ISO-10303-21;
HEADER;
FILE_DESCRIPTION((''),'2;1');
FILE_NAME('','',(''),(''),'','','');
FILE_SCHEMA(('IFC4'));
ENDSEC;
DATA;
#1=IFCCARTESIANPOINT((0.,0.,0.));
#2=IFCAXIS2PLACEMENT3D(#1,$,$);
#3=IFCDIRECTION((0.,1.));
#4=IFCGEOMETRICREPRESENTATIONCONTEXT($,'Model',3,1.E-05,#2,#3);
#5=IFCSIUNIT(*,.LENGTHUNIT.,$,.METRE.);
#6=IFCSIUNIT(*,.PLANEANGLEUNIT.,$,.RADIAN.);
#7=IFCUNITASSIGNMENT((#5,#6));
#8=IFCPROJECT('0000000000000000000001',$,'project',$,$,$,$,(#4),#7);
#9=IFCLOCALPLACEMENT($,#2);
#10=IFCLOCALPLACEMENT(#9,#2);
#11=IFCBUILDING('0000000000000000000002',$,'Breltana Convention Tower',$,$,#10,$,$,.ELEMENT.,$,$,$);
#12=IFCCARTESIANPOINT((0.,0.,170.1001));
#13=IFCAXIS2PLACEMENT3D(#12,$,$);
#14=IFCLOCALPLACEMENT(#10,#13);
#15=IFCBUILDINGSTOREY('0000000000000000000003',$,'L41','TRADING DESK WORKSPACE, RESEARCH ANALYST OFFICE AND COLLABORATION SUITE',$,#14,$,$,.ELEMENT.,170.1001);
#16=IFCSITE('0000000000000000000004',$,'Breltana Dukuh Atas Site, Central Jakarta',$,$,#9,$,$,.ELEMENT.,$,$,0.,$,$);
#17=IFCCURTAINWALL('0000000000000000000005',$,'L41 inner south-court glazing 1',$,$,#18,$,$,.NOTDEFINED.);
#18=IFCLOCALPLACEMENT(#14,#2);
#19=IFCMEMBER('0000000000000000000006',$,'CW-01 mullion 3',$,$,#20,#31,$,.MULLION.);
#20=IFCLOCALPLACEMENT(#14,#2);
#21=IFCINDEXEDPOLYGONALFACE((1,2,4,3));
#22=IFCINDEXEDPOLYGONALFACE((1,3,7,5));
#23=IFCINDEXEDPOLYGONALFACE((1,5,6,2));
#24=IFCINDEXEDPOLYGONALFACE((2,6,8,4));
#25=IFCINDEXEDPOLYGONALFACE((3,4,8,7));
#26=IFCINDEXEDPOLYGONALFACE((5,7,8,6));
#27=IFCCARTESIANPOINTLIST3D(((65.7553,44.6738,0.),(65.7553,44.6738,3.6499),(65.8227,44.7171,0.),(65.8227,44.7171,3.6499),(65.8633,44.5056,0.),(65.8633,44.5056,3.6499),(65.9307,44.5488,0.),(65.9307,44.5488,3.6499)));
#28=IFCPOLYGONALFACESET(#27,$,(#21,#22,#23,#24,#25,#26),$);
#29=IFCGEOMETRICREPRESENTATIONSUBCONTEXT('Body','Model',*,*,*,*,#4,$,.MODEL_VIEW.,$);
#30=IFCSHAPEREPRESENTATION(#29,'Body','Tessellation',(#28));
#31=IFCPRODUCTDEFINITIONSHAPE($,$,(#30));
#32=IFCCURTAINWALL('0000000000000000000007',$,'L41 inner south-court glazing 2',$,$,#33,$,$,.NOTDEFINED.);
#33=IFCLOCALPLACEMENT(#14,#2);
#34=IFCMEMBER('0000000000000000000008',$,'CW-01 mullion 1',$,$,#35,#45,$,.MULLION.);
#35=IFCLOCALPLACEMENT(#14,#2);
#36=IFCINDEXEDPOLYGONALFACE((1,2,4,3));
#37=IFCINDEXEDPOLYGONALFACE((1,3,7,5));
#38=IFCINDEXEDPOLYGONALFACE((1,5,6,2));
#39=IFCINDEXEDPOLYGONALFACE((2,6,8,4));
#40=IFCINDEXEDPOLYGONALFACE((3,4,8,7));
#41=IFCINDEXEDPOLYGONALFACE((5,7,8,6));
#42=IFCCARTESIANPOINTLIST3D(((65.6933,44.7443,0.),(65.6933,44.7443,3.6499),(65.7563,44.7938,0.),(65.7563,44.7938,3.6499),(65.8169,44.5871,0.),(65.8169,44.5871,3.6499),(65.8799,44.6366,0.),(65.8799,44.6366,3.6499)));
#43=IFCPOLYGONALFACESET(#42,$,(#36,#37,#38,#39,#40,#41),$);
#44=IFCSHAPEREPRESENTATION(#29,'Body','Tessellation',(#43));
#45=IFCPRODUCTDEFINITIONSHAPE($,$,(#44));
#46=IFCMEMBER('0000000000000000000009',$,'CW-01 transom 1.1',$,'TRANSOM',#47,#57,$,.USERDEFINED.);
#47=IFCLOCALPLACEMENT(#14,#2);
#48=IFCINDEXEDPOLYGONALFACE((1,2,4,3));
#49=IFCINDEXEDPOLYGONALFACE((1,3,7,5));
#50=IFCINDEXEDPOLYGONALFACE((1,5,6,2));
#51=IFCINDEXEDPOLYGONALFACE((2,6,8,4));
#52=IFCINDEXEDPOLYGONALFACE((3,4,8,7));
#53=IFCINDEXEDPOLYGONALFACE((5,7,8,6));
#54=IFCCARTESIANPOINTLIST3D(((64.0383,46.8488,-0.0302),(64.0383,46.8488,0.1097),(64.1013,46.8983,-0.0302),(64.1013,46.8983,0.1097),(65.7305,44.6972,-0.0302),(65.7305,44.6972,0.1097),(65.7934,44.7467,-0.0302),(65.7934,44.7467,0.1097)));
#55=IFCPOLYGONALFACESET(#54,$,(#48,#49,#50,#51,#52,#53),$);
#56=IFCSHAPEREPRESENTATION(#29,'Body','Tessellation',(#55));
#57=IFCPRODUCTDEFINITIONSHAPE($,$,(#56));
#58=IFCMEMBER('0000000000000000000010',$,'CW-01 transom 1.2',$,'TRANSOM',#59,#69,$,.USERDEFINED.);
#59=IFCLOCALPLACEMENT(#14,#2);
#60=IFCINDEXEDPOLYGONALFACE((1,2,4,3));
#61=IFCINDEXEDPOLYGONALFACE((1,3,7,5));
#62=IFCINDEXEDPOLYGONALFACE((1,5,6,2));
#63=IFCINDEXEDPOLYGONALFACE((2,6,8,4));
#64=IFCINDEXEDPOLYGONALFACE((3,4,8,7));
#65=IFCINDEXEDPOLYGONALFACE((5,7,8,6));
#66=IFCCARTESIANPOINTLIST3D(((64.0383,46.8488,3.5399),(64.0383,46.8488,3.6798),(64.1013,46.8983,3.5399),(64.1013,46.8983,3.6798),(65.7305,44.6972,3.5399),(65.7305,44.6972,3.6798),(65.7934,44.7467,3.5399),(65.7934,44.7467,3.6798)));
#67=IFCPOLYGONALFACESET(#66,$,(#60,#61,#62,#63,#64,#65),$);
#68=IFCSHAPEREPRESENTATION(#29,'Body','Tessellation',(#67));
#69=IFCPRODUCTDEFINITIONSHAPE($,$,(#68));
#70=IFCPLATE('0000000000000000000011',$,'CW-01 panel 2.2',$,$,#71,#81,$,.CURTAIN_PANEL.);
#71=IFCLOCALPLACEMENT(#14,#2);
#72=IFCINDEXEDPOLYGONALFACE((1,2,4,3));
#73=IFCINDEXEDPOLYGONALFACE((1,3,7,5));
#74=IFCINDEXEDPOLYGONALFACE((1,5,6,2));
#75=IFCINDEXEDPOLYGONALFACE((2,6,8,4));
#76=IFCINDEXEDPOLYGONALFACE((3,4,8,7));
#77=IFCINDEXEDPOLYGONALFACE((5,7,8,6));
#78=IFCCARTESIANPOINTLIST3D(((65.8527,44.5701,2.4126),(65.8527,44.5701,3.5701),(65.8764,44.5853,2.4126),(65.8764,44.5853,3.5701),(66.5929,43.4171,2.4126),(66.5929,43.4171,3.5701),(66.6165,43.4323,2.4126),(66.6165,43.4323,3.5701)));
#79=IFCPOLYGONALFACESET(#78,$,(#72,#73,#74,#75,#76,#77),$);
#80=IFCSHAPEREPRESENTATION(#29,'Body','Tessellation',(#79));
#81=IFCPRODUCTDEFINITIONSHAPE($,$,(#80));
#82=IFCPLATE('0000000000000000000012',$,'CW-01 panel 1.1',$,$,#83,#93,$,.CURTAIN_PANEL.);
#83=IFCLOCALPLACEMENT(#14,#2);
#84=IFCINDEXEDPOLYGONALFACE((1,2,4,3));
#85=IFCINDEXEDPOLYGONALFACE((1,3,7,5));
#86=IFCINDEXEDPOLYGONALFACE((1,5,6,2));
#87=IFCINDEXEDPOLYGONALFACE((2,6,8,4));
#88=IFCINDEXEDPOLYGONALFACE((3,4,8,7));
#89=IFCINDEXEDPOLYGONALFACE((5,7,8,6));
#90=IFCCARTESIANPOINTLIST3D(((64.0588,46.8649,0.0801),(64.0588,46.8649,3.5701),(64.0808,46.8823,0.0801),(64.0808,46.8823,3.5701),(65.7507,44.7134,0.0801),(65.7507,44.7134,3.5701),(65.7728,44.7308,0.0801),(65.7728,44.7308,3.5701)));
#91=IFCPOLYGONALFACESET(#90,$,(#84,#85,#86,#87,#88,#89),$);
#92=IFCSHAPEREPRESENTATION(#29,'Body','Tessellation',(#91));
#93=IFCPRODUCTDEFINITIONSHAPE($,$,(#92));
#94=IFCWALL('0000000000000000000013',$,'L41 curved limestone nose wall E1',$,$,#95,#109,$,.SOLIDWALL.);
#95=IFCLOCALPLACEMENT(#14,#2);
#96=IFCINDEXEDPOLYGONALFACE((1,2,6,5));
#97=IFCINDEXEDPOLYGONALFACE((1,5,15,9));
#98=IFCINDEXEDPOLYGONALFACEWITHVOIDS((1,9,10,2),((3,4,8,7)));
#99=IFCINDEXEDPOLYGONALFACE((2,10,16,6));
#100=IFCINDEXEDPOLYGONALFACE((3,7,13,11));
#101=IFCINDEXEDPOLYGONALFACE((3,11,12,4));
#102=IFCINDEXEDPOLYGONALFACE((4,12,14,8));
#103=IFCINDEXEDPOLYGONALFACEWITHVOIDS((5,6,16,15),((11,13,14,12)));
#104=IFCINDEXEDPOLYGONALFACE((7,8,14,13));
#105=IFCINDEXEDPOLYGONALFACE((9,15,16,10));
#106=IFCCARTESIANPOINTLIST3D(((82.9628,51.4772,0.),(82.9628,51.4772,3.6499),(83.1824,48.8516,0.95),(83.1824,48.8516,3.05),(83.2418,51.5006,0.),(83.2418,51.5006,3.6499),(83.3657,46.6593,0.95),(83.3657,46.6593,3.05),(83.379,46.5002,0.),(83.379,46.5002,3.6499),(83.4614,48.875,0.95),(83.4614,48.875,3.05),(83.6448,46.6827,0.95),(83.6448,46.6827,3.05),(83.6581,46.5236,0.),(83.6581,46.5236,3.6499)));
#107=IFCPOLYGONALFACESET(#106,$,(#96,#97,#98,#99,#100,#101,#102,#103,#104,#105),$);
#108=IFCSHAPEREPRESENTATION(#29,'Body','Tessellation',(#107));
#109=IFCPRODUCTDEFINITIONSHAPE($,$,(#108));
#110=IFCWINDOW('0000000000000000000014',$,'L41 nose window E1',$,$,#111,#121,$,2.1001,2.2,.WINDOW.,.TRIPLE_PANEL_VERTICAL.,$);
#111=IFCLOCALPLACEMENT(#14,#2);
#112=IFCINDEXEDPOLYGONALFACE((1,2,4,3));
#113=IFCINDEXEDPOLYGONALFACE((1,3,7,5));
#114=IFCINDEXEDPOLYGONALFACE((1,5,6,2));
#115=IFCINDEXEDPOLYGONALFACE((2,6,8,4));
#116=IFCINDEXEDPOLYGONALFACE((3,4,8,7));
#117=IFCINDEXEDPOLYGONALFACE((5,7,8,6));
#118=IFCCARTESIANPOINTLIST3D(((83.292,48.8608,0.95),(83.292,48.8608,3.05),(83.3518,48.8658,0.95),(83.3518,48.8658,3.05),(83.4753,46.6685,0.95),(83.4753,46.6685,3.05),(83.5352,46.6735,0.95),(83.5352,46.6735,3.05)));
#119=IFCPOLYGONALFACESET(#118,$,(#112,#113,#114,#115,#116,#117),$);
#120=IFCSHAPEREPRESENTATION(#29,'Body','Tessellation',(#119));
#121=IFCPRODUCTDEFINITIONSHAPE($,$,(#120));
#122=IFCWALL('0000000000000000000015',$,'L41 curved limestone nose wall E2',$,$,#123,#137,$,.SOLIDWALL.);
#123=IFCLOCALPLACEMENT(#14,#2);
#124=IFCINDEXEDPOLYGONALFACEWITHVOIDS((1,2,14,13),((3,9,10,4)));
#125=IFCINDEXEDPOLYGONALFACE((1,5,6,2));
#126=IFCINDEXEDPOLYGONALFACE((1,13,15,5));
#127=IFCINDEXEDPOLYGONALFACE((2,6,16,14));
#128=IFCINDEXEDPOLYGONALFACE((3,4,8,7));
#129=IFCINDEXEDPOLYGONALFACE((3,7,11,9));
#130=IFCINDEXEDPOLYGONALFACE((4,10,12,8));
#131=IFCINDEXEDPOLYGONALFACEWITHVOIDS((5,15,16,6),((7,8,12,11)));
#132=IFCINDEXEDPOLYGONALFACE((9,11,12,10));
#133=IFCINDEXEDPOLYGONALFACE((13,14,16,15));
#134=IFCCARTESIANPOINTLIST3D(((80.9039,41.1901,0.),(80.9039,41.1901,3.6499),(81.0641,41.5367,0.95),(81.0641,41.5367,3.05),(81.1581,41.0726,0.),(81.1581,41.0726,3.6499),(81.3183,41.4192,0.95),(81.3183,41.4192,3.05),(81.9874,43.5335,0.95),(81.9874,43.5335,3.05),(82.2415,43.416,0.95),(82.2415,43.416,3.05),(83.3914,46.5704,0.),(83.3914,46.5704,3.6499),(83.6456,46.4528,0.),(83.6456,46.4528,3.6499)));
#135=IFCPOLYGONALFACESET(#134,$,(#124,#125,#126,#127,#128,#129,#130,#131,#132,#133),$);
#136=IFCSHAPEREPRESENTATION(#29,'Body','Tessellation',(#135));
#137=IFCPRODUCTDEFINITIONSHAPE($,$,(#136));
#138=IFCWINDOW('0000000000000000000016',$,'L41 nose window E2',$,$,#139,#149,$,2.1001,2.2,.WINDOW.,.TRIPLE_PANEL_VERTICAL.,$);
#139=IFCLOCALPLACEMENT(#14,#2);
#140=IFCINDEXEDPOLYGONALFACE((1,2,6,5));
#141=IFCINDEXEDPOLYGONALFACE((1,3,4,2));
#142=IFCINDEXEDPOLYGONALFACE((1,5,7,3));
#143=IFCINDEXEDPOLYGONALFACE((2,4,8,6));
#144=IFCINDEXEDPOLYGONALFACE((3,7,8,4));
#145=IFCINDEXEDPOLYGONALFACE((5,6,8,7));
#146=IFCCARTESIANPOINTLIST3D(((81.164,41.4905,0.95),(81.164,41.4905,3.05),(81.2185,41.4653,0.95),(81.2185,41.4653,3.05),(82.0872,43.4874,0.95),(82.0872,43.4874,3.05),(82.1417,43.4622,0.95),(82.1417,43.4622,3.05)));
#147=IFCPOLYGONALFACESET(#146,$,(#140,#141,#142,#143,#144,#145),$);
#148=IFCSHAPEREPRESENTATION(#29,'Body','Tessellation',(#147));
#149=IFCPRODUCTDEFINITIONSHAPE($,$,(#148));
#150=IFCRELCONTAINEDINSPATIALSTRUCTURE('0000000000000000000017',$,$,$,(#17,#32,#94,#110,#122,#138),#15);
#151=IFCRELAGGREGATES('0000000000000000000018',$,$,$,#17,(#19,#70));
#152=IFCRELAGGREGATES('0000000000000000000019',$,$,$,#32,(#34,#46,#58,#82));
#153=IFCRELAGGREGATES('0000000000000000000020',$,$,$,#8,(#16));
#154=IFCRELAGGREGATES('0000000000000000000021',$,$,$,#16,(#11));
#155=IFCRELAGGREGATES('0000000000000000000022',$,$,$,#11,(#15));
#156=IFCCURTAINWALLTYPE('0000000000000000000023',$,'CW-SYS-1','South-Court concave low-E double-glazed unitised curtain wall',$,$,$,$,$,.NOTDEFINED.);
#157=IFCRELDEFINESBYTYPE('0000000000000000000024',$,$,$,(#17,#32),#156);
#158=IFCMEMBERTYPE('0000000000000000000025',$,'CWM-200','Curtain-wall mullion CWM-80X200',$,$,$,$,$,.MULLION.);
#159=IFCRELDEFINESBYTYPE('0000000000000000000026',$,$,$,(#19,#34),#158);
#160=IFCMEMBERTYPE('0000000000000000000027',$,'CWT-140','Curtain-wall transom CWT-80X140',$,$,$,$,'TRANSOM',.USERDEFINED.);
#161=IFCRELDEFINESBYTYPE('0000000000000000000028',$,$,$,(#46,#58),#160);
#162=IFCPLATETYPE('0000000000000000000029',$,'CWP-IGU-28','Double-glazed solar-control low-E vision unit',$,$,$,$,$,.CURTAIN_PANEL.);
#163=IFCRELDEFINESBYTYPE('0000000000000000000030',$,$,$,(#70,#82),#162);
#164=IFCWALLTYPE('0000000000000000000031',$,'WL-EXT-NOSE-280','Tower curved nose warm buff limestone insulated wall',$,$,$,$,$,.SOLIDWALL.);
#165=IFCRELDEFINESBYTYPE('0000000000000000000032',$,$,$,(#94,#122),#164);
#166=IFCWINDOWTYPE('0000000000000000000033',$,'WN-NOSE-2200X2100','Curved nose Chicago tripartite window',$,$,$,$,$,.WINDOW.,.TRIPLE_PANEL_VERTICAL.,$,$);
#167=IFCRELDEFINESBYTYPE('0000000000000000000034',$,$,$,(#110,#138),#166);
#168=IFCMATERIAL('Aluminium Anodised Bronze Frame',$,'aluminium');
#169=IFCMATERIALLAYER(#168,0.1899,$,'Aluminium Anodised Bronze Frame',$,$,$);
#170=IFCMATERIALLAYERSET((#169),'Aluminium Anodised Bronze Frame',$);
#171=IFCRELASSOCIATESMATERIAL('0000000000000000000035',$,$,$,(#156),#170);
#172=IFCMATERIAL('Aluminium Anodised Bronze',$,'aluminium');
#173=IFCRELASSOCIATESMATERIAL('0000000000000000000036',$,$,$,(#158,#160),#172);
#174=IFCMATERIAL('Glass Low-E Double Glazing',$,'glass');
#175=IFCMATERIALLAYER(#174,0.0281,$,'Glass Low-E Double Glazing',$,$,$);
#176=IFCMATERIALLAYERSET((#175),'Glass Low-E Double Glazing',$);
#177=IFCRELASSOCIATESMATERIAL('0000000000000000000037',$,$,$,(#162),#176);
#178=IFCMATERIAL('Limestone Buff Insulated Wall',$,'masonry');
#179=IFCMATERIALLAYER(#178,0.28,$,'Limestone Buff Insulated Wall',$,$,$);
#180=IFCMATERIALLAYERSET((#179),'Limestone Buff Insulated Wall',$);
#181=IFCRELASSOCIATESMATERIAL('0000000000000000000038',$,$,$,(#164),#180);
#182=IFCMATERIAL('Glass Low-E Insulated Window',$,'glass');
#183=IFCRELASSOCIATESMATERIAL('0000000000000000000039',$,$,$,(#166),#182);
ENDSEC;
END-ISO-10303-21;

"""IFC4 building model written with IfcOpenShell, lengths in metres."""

from ifc_helpers import new_model, si_unit, direction, frame, frame_2d, origin, origin_2d, place, context, subcontext, project, spatial, rectangle, extrude, source, transform, mapped, material, layer, layer_set, material_profile, profile_set, type_object, type_shapes, element, fill, aggregate, save


model = new_model("IFC4")

# Units and contexts
model_context = context("Model", 3, precision=1e-05, world=origin(), true_north=direction((0.0, 1.0)))
body_context = subcontext(model_context, "Body", "Model", "MODEL_VIEW")
ifc_project = project(units=[si_unit("LENGTHUNIT", "METRE"), si_unit("PLANEANGLEUNIT", "RADIAN")], contexts=[model_context])

# Site, building, storey
site_placement = place(None, origin())
site = spatial("IfcSite", under=ifc_project, at=site_placement, Name="Breltana Dukuh Atas Site, Central Jakarta", CompositionType="ELEMENT", RefElevation=0.0)
building_placement = place(site_placement, origin())
building = spatial("IfcBuilding", under=site, at=building_placement, Name="Breltana Convention Tower", CompositionType="ELEMENT")
storey_placement = place(building_placement, frame((0.0, 0.0, 170.1001)))
storey = spatial("IfcBuildingStorey", under=building, at=storey_placement, Name="L41", Description="TRADING DESK WORKSPACE, RESEARCH ANALYST OFFICE AND COLLABORATION SUITE", CompositionType="ELEMENT", Elevation=170.1001)

# Curtain wall, member
ifc_material_1 = material(Name="Aluminium Anodised Bronze Frame", Category="aluminium")
ifc_layer_1 = layer(ifc_material_1, 0.1899, Name="Aluminium Anodised Bronze Frame")
ifc_layer_set_1 = layer_set([ifc_layer_1], Name="Aluminium Anodised Bronze Frame")
curtain_wall_type = type_object("IfcCurtainWallType", Name="CW-SYS-1", Description="South-Court concave low-E double-glazed unitised curtain wall", PredefinedType="NOTDEFINED", material=ifc_layer_set_1)
curtain_wall_1_placement = place(storey_placement, origin())
curtain_wall_1 = element("IfcCurtainWall", 1, at=curtain_wall_1_placement, inside=storey, type_object=curtain_wall_type, Name="L41 inner south-court glazing 1", PredefinedType="NOTDEFINED")
ifc_material_2 = material(Name="Aluminium Anodised Bronze", Category="aluminium")
ifc_material_profile_1 = material_profile(ifc_material_2, rectangle(XDim=0.0801, YDim=0.2, at=origin_2d()), Name="CWM-80X200")
ifc_profile_set_1 = profile_set([ifc_material_profile_1], Name="Aluminium Anodised Bronze")
member_type_1 = type_object("IfcMemberType", Name="CWM-200", Description="Curtain-wall mullion CWM-80X200", PredefinedType="MULLION", material=ifc_profile_set_1)
shared_shape_1 = source(origin(), body_context, "Body", "SweptSolid", [
    extrude(rectangle(XDim=0.0801, YDim=0.2, at=origin_2d()), origin(), (0.0, 0.0, 1.0), 3.6499),
])
member_1_placement = place(storey_placement, frame((65.843, 44.6113, 0.0), z_axis=(0.0, 0.0, 1.0), x_axis=(-0.841547, -0.540184, 0.0)))
member_1 = element("IfcMember", 2, at=member_1_placement, type_object=member_type_1, Name="CW-01 mullion 3", PredefinedType="MULLION", context=body_context, shape_type="MappedRepresentation", body=[
    mapped(shared_shape_1, transform((0.0, 0.0, 0.0), scale=1.0)),
])

# Curtain wall, members
curtain_wall_2_placement = place(storey_placement, origin())
curtain_wall_2 = element("IfcCurtainWall", 3, at=curtain_wall_2_placement, inside=storey, type_object=curtain_wall_type, Name="L41 inner south-court glazing 2", PredefinedType="NOTDEFINED")
member_2_placement = place(storey_placement, frame((65.7866, 44.6904, 0.0), z_axis=(0.0, 0.0, 1.0), x_axis=(-0.786051, -0.618161, 0.0)))
member_2 = element("IfcMember", 4, at=member_2_placement, type_object=member_type_1, Name="CW-01 mullion 1", PredefinedType="MULLION", context=body_context, shape_type="MappedRepresentation", body=[
    mapped(shared_shape_1, transform((0.0, 0.0, 0.0), scale=1.0)),
])
ifc_material_profile_2 = material_profile(ifc_material_2, rectangle(XDim=0.0801, YDim=0.1399, at=origin_2d()), Name="CWT-80X140")
ifc_profile_set_2 = profile_set([ifc_material_profile_2], Name="Aluminium Anodised Bronze")
member_type_2 = type_object("IfcMemberType", Name="CWT-140", Description="Curtain-wall transom CWT-80X140", ElementType="TRANSOM", PredefinedType="USERDEFINED", material=ifc_profile_set_2)
shared_shape_2 = source(origin(), body_context, "Body", "SweptSolid", [
    extrude(rectangle(XDim=0.0801, YDim=0.1399, at=origin_2d()), origin(), (0.0, 0.0, 1.0), 2.7373),
])
member_3_placement = place(storey_placement, frame((65.762, 44.7219, 0.0398), z_axis=(-0.61818, 0.786037, 0.0), x_axis=(-0.786037, -0.61818, 0.0)))
member_3 = element("IfcMember", 5, at=member_3_placement, type_object=member_type_2, Name="CW-01 transom 1.1", ObjectType="TRANSOM", PredefinedType="USERDEFINED", context=body_context, shape_type="MappedRepresentation", body=[
    mapped(shared_shape_2, transform((0.0, 0.0, 0.0), scale=1.0)),
])
member_4_placement = place(storey_placement, frame((65.762, 44.7219, 3.6099), z_axis=(-0.61818, 0.786037, 0.0), x_axis=(-0.786037, -0.61818, 0.0)))
member_4 = element("IfcMember", 6, at=member_4_placement, type_object=member_type_2, Name="CW-01 transom 1.2", ObjectType="TRANSOM", PredefinedType="USERDEFINED", context=body_context, shape_type="MappedRepresentation", body=[
    mapped(shared_shape_2, transform((0.0, 0.0, 0.0), scale=1.0)),
])

# Plates
ifc_material_3 = material(Name="Glass Low-E Double Glazing", Category="glass")
ifc_layer_2 = layer(ifc_material_3, 0.0281, Name="Glass Low-E Double Glazing")
ifc_layer_set_2 = layer_set([ifc_layer_2], Name="Glass Low-E Double Glazing")
plate_type = type_object("IfcPlateType", Name="CWP-IGU-28", Description="Double-glazed solar-control low-E vision unit", PredefinedType="CURTAIN_PANEL", material=ifc_layer_set_2)
shared_shape_3 = source(origin(), body_context, "Body", "SweptSolid", [
    extrude(rectangle(XDim=1.3701, YDim=0.0281, at=origin_2d()), origin(), (0.0, 0.0, 1.0), 1.1575),
])
plate_1_placement = place(storey_placement, frame((66.2346, 44.0012, 2.4126), z_axis=(0.0, 0.0, 1.0), x_axis=(-0.540184, 0.841547, 0.0)))
plate_1 = element("IfcPlate", 7, at=plate_1_placement, type_object=plate_type, Name="CW-01 panel 2.2", PredefinedType="CURTAIN_PANEL", context=body_context, shape_type="MappedRepresentation", body=[
    mapped(shared_shape_3, transform((0.0, 0.0, 0.0), scale=1.0)),
])
aggregate(curtain_wall_1, [member_1, plate_1])
shared_shape_4 = source(origin(), body_context, "Body", "SweptSolid", [
    extrude(rectangle(XDim=2.7371, YDim=0.0281, at=origin_2d()), origin(), (0.0, 0.0, 1.0), 3.49),
])
plate_2_placement = place(storey_placement, frame((64.9158, 45.7979, 0.0801), z_axis=(0.0, 0.0, 1.0), x_axis=(-0.618161, 0.786051, 0.0)))
plate_2 = element("IfcPlate", 8, at=plate_2_placement, type_object=plate_type, Name="CW-01 panel 1.1", PredefinedType="CURTAIN_PANEL", context=body_context, shape_type="MappedRepresentation", body=[
    mapped(shared_shape_4, transform((0.0, 0.0, 0.0), scale=1.0)),
])
aggregate(curtain_wall_2, [member_2, member_3, member_4, plate_2])

# Walls, openings, windows
ifc_material_4 = material(Name="Limestone Buff Insulated Wall", Category="masonry")
ifc_layer_3 = layer(ifc_material_4, 0.28, Name="Limestone Buff Insulated Wall")
ifc_layer_set_3 = layer_set([ifc_layer_3], Name="Limestone Buff Insulated Wall")
wall_type = type_object("IfcWallType", Name="WL-EXT-NOSE-280", Description="Tower curved nose warm buff limestone insulated wall", PredefinedType="SOLIDWALL", material=ifc_layer_set_3)
shared_shape_5 = source(origin(), body_context, "Body", "SweptSolid", [
    extrude(rectangle(XDim=4.9944, YDim=0.28, at=frame_2d((2.4971, 0.0))), origin(), (0.0, 0.0, 1.0), 3.6499),
])
wall_1_placement = place(storey_placement, frame((83.1023, 51.4888, 0.0), z_axis=(0.0, 0.0, 1.0), x_axis=(0.083345, -0.996521, 0.0)))
wall_1 = element("IfcWall", 9, at=wall_1_placement, inside=storey, type_object=wall_type, Name="L41 curved limestone nose wall E1", PredefinedType="SOLIDWALL", context=body_context, shape_type="MappedRepresentation", body=[
    mapped(shared_shape_5, transform((0.0, 0.0, 0.0), scale=1.0)),
])
opening_1_placement = place(wall_1_placement, frame((2.6345, 0.0, 0.95)))
opening_1 = element("IfcOpeningElement", 10, at=opening_1_placement, cuts=wall_1, PredefinedType="OPENING", context=body_context, shape_type="SweptSolid", body=[
    extrude(rectangle(XDim=2.2, YDim=2.1001, at=frame_2d((1.1001, 1.05))), frame((0.0, 0.1499, 0.0), z_axis=(0.0, -1.0, 0.0), x_axis=(1.0, 0.0, 0.0)), (0.0, 0.0, 1.0), 0.3),
])
ifc_material_5 = material(Name="Glass Low-E Insulated Window", Category="glass")
window_type = type_object("IfcWindowType", Name="WN-NOSE-2200X2100", Description="Curved nose Chicago tripartite window", PartitioningType="TRIPLE_PANEL_VERTICAL", PredefinedType="WINDOW", material=ifc_material_5)
shared_shape_6 = source(origin(), body_context, "Body", "SweptSolid", [
    extrude(rectangle(XDim=2.2, YDim=2.1001, at=frame_2d((1.1001, 1.05))), frame((0.0, 0.03, 0.0), z_axis=(0.0, -1.0, 0.0), x_axis=(1.0, 0.0, 0.0)), (0.0, 0.0, 1.0), 0.0601),
])
type_shapes(window_type, [shared_shape_6])
window_1_placement = place(opening_1_placement, origin())
window_1 = element("IfcWindow", 11, at=window_1_placement, inside=storey, type_object=window_type, Name="L41 nose window E1", OverallHeight=2.1001, OverallWidth=2.2, PartitioningType="TRIPLE_PANEL_VERTICAL", PredefinedType="WINDOW", context=body_context, shape_type="MappedRepresentation", body=[
    mapped(shared_shape_6, transform((0.0, 0.0, 0.0), scale=1.0)),
])
fill(opening_1, window_1)
shared_shape_7 = source(origin(), body_context, "Body", "SweptSolid", [
    extrude(rectangle(XDim=5.9275, YDim=0.28, at=frame_2d((2.9639, 0.0))), origin(), (0.0, 0.0, 1.0), 3.6499),
])
wall_2_placement = place(storey_placement, frame((83.5186, 46.5117, 0.0), z_axis=(0.0, 0.0, 1.0), x_axis=(-0.419656, -0.907683, 0.0)))
wall_2 = element("IfcWall", 12, at=wall_2_placement, inside=storey, type_object=wall_type, Name="L41 curved limestone nose wall E2", PredefinedType="SOLIDWALL", context=body_context, shape_type="MappedRepresentation", body=[
    mapped(shared_shape_7, transform((0.0, 0.0, 0.0), scale=1.0)),
])
opening_2_placement = place(wall_2_placement, frame((3.3457, 0.0, 0.95)))
opening_2 = element("IfcOpeningElement", 13, at=opening_2_placement, cuts=wall_2, PredefinedType="OPENING", context=body_context, shape_type="SweptSolid", body=[
    extrude(rectangle(XDim=2.2, YDim=2.1001, at=frame_2d((1.1001, 1.05))), frame((0.0, 0.1499, 0.0), z_axis=(0.0, -1.0, 0.0), x_axis=(1.0, 0.0, 0.0)), (0.0, 0.0, 1.0), 0.3),
])
window_2_placement = place(opening_2_placement, origin())
window_2 = element("IfcWindow", 14, at=window_2_placement, inside=storey, type_object=window_type, Name="L41 nose window E2", OverallHeight=2.1001, OverallWidth=2.2, PartitioningType="TRIPLE_PANEL_VERTICAL", PredefinedType="WINDOW", context=body_context, shape_type="MappedRepresentation", body=[
    mapped(shared_shape_6, transform((0.0, 0.0, 0.0), scale=1.0)),
])
fill(opening_2, window_2)

save(model, "model.ifc")
